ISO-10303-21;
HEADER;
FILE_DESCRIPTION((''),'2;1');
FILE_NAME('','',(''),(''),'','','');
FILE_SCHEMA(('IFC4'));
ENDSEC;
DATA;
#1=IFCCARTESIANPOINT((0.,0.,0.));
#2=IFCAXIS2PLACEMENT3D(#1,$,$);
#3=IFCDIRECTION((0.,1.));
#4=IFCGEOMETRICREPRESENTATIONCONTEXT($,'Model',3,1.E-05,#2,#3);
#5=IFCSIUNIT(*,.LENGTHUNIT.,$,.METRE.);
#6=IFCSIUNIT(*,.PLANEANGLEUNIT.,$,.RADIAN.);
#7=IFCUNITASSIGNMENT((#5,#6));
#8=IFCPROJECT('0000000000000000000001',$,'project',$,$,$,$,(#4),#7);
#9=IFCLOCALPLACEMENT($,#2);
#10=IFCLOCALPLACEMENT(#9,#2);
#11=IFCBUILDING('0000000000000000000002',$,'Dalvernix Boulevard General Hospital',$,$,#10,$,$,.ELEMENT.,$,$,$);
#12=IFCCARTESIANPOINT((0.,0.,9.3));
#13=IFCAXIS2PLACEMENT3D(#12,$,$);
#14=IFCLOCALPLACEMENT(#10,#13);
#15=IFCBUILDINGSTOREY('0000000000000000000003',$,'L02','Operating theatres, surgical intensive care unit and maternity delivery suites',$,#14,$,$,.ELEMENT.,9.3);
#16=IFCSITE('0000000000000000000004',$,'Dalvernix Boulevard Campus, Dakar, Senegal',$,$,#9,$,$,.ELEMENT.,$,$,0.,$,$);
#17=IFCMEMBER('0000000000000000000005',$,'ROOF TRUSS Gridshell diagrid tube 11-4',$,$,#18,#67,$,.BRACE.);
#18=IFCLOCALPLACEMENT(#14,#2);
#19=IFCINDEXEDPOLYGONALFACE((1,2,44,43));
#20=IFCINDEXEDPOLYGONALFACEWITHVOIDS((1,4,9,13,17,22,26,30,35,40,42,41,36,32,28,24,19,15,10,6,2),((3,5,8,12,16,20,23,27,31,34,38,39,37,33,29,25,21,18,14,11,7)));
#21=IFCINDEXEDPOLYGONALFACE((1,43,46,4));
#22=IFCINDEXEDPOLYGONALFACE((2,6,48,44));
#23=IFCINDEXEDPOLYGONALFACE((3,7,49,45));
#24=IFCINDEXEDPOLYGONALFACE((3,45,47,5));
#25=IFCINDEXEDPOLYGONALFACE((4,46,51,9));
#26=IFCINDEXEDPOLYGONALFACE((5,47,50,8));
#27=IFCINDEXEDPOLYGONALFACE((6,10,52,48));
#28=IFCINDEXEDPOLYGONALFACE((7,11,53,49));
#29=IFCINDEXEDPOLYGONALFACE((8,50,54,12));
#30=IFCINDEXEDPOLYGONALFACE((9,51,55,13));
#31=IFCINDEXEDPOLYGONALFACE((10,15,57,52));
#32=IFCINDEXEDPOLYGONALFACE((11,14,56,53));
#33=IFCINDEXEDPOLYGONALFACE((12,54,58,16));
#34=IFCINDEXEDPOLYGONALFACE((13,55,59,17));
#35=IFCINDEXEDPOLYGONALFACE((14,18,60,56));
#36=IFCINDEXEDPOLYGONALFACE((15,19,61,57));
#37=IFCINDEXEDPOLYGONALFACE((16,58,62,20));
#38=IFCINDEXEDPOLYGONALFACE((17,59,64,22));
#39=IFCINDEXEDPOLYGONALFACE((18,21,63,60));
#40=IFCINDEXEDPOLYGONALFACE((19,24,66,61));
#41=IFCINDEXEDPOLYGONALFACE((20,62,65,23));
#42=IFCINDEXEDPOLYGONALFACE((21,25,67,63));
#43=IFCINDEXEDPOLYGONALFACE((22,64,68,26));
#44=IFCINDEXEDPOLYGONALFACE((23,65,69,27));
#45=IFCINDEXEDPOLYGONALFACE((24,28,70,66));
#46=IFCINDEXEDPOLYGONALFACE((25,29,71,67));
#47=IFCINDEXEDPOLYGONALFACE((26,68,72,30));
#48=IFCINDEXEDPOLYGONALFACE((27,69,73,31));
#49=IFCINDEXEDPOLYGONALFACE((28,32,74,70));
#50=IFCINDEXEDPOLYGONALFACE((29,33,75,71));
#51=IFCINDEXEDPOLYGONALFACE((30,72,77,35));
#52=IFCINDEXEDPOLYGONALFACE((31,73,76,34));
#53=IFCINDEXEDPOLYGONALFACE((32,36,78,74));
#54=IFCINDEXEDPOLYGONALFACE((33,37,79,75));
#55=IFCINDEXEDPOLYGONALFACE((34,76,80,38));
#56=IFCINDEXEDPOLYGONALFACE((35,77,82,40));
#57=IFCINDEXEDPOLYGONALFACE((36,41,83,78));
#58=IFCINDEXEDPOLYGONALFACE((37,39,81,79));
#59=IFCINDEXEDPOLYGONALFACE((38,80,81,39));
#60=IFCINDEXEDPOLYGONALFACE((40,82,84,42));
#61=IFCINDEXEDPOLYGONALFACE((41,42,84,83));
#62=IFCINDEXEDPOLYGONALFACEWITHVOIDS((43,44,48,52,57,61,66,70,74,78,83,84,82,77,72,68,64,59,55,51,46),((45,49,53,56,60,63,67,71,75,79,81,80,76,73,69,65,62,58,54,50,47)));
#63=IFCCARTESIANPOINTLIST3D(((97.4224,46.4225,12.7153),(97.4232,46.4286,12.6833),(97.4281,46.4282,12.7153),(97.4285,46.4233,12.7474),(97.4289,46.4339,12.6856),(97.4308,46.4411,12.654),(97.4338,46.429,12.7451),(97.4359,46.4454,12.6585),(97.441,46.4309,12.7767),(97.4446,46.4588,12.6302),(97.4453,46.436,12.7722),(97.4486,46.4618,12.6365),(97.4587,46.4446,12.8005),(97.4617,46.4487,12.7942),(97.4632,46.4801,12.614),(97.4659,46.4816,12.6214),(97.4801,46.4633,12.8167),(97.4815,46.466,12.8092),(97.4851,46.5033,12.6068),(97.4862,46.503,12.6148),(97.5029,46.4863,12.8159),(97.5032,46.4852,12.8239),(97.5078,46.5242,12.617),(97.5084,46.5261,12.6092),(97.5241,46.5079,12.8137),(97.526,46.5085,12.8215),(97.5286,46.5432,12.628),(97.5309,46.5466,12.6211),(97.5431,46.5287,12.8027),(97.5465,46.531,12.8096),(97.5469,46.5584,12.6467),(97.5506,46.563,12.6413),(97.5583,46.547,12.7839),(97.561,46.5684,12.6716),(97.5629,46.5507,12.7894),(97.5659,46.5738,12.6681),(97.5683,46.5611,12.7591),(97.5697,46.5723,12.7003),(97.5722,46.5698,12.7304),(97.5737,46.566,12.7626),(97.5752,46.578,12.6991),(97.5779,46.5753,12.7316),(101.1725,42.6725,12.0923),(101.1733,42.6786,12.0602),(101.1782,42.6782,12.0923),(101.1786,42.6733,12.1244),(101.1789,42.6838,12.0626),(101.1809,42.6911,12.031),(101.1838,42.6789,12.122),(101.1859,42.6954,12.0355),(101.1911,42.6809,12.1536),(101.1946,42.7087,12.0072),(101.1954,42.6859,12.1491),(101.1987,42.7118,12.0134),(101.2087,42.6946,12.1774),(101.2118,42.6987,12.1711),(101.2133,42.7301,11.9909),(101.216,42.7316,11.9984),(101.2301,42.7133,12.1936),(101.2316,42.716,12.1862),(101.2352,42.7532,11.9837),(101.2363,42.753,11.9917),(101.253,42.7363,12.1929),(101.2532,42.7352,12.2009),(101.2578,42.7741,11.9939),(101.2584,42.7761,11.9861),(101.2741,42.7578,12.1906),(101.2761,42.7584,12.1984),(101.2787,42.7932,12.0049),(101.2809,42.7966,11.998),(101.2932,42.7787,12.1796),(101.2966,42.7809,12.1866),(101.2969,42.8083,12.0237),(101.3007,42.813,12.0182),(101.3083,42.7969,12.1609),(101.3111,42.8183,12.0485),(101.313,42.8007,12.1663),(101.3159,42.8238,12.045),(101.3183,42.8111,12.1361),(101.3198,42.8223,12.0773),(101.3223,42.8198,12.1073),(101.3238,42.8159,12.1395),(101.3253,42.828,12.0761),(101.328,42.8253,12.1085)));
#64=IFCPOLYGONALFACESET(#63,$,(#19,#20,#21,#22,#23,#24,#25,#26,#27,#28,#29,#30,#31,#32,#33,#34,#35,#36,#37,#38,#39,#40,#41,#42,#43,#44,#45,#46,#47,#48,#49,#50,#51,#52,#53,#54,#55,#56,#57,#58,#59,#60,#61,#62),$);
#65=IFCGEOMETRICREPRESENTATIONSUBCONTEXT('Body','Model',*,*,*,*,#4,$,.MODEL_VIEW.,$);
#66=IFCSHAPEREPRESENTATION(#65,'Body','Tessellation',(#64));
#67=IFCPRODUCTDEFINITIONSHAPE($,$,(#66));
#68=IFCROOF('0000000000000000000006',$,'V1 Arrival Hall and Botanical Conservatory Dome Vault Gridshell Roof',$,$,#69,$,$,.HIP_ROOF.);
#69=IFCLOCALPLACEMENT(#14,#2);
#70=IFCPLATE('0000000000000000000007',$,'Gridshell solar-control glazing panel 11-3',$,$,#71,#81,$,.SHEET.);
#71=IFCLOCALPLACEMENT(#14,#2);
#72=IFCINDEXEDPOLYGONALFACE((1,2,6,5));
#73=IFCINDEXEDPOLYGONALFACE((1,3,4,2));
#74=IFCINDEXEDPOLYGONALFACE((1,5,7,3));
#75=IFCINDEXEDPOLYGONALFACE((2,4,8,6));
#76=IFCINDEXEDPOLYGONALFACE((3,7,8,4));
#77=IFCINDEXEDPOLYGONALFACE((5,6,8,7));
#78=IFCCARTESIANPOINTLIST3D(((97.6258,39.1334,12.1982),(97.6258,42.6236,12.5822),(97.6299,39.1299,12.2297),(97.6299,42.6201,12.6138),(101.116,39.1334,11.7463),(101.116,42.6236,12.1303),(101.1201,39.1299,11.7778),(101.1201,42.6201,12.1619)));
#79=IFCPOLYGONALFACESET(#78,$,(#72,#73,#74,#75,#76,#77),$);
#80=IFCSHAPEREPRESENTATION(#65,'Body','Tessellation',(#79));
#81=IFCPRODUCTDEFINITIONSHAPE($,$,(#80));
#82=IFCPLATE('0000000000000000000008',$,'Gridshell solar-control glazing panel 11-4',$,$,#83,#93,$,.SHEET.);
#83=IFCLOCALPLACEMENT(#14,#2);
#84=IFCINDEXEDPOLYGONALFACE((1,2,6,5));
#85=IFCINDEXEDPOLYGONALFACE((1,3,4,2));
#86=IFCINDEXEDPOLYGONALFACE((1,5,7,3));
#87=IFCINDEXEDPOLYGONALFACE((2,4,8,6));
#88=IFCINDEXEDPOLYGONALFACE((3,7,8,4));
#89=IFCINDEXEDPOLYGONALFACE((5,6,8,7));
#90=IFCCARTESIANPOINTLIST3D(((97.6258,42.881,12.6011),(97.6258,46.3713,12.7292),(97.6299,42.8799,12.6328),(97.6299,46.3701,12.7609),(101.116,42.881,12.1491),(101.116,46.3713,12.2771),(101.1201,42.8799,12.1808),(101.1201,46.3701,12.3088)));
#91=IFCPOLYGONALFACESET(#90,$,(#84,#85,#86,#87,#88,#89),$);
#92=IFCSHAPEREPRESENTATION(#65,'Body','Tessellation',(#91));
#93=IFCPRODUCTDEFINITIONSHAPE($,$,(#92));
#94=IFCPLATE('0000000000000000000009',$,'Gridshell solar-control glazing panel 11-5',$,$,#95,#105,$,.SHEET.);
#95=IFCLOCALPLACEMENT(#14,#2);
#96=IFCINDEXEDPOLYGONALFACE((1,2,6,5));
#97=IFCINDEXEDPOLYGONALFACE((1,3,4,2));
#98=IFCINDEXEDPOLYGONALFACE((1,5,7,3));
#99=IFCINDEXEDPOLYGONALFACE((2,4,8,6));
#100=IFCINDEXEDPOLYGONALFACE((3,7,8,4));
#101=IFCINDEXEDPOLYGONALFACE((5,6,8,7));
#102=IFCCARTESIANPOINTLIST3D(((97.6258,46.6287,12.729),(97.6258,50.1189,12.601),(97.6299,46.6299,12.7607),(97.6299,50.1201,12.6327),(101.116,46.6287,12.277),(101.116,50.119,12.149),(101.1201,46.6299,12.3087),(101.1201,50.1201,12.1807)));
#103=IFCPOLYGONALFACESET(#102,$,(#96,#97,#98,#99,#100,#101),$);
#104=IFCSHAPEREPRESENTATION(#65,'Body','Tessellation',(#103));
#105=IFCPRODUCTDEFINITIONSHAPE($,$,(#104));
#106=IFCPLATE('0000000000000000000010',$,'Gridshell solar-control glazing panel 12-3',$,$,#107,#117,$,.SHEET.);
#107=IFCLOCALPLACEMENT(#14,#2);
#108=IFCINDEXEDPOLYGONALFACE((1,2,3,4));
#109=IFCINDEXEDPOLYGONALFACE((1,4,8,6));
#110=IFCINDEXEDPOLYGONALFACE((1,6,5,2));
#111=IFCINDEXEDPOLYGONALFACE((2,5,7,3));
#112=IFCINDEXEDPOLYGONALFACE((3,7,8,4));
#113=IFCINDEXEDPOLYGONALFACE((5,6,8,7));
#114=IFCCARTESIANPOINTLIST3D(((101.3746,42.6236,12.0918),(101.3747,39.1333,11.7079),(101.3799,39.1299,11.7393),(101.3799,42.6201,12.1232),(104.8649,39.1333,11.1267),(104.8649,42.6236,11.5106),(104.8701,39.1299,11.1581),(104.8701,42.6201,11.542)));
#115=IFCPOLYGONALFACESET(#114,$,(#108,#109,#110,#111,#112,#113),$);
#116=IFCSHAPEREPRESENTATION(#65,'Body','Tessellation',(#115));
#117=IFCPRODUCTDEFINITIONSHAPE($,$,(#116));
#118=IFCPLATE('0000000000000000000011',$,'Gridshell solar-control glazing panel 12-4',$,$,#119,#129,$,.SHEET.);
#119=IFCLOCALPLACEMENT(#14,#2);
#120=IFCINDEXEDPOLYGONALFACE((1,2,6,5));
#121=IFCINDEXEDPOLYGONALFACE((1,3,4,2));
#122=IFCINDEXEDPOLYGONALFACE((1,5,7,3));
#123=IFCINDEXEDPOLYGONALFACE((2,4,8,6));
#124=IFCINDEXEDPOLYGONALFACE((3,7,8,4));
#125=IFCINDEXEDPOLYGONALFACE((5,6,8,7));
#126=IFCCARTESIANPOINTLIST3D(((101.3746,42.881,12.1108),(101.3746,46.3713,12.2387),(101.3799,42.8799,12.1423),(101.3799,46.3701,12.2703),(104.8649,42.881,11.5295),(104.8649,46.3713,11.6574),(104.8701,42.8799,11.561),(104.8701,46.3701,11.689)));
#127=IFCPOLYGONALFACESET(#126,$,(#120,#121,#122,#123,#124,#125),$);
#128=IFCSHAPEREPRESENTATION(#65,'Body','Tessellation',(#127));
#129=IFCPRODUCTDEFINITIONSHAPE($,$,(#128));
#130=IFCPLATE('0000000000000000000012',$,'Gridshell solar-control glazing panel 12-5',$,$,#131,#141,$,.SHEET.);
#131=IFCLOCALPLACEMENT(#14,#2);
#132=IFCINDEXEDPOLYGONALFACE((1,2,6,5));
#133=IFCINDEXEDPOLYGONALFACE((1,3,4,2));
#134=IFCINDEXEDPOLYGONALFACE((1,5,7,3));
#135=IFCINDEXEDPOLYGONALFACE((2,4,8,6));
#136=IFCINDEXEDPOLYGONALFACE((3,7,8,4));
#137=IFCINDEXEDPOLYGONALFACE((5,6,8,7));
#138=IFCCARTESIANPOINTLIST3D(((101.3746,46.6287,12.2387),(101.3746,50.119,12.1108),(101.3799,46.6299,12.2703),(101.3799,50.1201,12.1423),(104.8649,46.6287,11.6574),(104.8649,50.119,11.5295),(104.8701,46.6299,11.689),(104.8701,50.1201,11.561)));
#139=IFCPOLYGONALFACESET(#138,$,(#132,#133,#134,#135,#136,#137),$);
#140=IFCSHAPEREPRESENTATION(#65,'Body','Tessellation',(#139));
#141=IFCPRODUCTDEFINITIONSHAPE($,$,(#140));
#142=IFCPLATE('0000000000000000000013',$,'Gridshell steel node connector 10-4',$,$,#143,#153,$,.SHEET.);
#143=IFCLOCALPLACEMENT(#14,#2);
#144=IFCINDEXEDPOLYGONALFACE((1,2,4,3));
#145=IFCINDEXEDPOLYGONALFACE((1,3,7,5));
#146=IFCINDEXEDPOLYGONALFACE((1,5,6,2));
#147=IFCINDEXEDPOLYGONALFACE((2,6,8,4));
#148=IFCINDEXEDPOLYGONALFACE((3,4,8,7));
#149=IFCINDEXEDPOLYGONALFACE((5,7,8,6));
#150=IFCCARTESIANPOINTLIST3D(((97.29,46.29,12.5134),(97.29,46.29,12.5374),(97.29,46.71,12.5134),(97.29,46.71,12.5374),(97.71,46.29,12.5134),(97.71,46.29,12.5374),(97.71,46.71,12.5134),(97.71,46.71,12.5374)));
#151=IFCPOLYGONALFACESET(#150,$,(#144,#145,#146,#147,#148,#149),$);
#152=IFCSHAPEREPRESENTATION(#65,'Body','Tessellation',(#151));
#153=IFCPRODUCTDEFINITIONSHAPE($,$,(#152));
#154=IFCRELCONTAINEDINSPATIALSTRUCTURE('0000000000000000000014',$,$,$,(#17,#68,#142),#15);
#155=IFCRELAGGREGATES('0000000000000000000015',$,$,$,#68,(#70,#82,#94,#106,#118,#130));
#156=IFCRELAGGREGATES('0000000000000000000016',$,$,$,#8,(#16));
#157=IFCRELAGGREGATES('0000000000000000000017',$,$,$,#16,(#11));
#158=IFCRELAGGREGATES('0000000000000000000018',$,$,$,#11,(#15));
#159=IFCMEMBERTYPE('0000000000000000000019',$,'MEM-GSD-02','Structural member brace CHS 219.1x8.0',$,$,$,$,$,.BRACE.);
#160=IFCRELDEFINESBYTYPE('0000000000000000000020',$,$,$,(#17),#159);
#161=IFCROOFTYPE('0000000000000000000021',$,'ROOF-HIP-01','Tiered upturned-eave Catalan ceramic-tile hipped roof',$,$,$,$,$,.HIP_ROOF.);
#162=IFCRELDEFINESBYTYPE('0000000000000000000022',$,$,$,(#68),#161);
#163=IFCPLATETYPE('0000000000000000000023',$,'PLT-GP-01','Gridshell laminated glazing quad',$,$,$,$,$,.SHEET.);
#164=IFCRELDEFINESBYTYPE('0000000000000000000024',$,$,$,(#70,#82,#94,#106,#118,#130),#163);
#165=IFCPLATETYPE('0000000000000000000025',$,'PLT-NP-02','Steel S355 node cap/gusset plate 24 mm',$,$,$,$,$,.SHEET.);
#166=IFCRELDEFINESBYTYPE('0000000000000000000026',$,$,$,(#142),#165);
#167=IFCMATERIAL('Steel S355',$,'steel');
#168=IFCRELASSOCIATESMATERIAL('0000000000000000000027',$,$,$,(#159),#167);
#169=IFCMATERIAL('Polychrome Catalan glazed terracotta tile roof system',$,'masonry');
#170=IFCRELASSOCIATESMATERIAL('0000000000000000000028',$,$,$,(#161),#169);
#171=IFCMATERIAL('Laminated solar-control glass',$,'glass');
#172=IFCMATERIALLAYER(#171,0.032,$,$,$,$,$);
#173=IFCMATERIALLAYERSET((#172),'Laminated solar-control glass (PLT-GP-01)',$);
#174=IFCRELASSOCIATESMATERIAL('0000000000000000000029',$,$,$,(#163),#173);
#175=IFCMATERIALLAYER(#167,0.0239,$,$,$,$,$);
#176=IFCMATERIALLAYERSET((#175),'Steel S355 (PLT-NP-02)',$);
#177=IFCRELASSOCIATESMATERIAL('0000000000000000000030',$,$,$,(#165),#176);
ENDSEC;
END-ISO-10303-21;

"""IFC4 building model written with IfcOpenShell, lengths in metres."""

from ifc_helpers import new_model, si_unit, direction, frame, origin, origin_2d, place, context, subcontext, project, spatial, polyline, rectangle, hollow_circle, outline, extrude, material, layer, layer_set, material_profile, profile_set, type_object, element, aggregate, save


model = new_model("IFC4")

# Units and contexts
model_context = context("Model", 3, precision=1e-05, world=origin(), true_north=direction((0.0, 1.0)))
body_context = subcontext(model_context, "Body", "Model", "MODEL_VIEW")
ifc_project = project(units=[si_unit("LENGTHUNIT", "METRE"), si_unit("PLANEANGLEUNIT", "RADIAN")], contexts=[model_context])

# Site, building, storey
site_placement = place(None, origin())
site = spatial("IfcSite", under=ifc_project, at=site_placement, Name="Dalvernix Boulevard Campus, Dakar, Senegal", CompositionType="ELEMENT", RefElevation=0.0)
building_placement = place(site_placement, origin())
building = spatial("IfcBuilding", under=site, at=building_placement, Name="Dalvernix Boulevard General Hospital", CompositionType="ELEMENT")
storey_placement = place(building_placement, frame((0.0, 0.0, 9.3)))
storey = spatial("IfcBuildingStorey", under=building, at=storey_placement, Name="L02", Description="Operating theatres, surgical intensive care unit and maternity delivery suites", CompositionType="ELEMENT", Elevation=9.3)

# Shared definitions
ifc_material_1 = material(Name="Steel S355", Category="steel")

# Member
ifc_material_profile_1 = material_profile(ifc_material_1, hollow_circle(Radius=0.1096, WallThickness=0.0081, at=origin_2d()), Name="CHS 219.1x8.0")
ifc_profile_set_1 = profile_set([ifc_material_profile_1], Name="Steel S355")
member_type_1 = type_object("IfcMemberType", Name="MEM-GSD-02", Description="Structural member brace CHS 219.1x8.0", PredefinedType="BRACE", material=ifc_profile_set_1)
member_1_placement = place(storey_placement, frame((101.25, 42.75, 12.0923), z_axis=(-0.702277, 0.702277, 0.11668), x_axis=(-0.707107, -0.707107, 0.0)))
element("IfcMember", 1, at=member_1_placement, inside=storey, type_object=member_type_1, Name="ROOF TRUSS Gridshell diagrid tube 11-4", PredefinedType="BRACE", context=body_context, shape_type="SweptSolid", body=[
    extrude(hollow_circle(Radius=0.1096, WallThickness=0.0081, at=origin_2d()), origin(), (0.0, 0.0, 1.0), 5.3398),
])

# Roof, plates
ifc_material_2 = material(Name="Polychrome Catalan glazed terracotta tile roof system", Category="masonry")
roof_type = type_object("IfcRoofType", Name="ROOF-HIP-01", Description="Tiered upturned-eave Catalan ceramic-tile hipped roof", PredefinedType="HIP_ROOF", material=ifc_material_2)
roof_placement = place(storey_placement, origin())
roof = element("IfcRoof", 2, at=roof_placement, inside=storey, type_object=roof_type, Name="V1 Arrival Hall and Botanical Conservatory Dome Vault Gridshell Roof", PredefinedType="HIP_ROOF")
ifc_material_3 = material(Name="Laminated solar-control glass", Category="glass")
ifc_layer_1 = layer(ifc_material_3, 0.032)
ifc_layer_set_1 = layer_set([ifc_layer_1], Name="Laminated solar-control glass (PLT-GP-01)")
plate_type_1 = type_object("IfcPlateType", Name="PLT-GP-01", Description="Gridshell laminated glazing quad", PredefinedType="SHEET", material=ifc_layer_set_1)
plate_1_placement = place(storey_placement, frame((97.6299, 39.1299, 12.2297), z_axis=(0.127647, -0.108476, 0.98587), x_axis=(0.991722, 0.0, -0.128405)))
plate_1 = element("IfcPlate", 3, at=plate_1_placement, type_object=plate_type_1, Name="Gridshell solar-control glazing panel 11-3", PredefinedType="SHEET", context=body_context, shape_type="SweptSolid", body=[
    extrude(outline(polyline([(0.0, 0.0), (3.5194, 0.0), (3.4701, 3.511), (-0.0493, 3.511), (0.0, 0.0)])), origin(), (0.0, 0.0, -1.0), 0.032),
])
plate_2_placement = place(storey_placement, frame((97.6299, 42.8799, 12.6328), z_axis=(0.128354, -0.036361, 0.991062), x_axis=(0.991717, -0.000001, -0.128439)))
plate_2 = element("IfcPlate", 4, at=plate_2_placement, type_object=plate_type_1, Name="Gridshell solar-control glazing panel 11-4", PredefinedType="SHEET", context=body_context, shape_type="SweptSolid", body=[
    extrude(outline(polyline([(0.0, 0.0), (3.5194, 0.0), (3.5029, 3.4925), (-0.0164, 3.4925), (0.0, 0.0)])), origin(), (0.0, 0.0, -1.0), 0.032),
])
plate_3_placement = place(storey_placement, frame((97.6299, 46.6299, 12.7607), z_axis=(0.128354, 0.036361, 0.991062), x_axis=(0.991717, -0.000001, -0.128439)))
plate_3 = element("IfcPlate", 5, at=plate_3_placement, type_object=plate_type_1, Name="Gridshell solar-control glazing panel 11-5", PredefinedType="SHEET", context=body_context, shape_type="SweptSolid", body=[
    extrude(outline(polyline([(0.0, 0.0), (3.5194, 0.0), (3.5358, 3.4925), (0.0164, 3.4925), (0.0, 0.0)])), origin(), (0.0, 0.0, -1.0), 0.032),
])
plate_4_placement = place(storey_placement, frame((101.3799, 39.1299, 11.7393), z_axis=(0.163295, -0.107869, 0.980663), x_axis=(0.986418, 0.000004, -0.164253)))
plate_4 = element("IfcPlate", 6, at=plate_4_placement, type_object=plate_type_1, Name="Gridshell solar-control glazing panel 12-3", PredefinedType="SHEET", context=body_context, shape_type="SweptSolid", body=[
    extrude(outline(polyline([(0.0, 0.0), (3.5383, 0.0), (3.4752, 3.5107), (-0.0631, 3.5107), (0.0, 0.0)])), origin(), (0.0, 0.0, -1.0), 0.032),
])
plate_5_placement = place(storey_placement, frame((101.3799, 42.8799, 12.1423), z_axis=(0.16418, -0.036132, 0.985768), x_axis=(0.986413, 0.0, -0.164287)))
plate_5 = element("IfcPlate", 7, at=plate_5_placement, type_object=plate_type_1, Name="Gridshell solar-control glazing panel 12-4", PredefinedType="SHEET", context=body_context, shape_type="SweptSolid", body=[
    extrude(outline(polyline([(0.0, 0.0), (3.5383, 0.0), (3.5173, 3.4925), (-0.021, 3.4925), (0.0, 0.0)])), origin(), (0.0, 0.0, -1.0), 0.032),
])
plate_6_placement = place(storey_placement, frame((101.3799, 46.6299, 12.2703), z_axis=(0.16418, 0.036132, 0.985768), x_axis=(0.986413, 0.0, -0.164287)))
plate_6 = element("IfcPlate", 8, at=plate_6_placement, type_object=plate_type_1, Name="Gridshell solar-control glazing panel 12-5", PredefinedType="SHEET", context=body_context, shape_type="SweptSolid", body=[
    extrude(outline(polyline([(0.0, 0.0), (3.5383, 0.0), (3.5593, 3.4925), (0.021, 3.4925), (0.0, 0.0)])), origin(), (0.0, 0.0, -1.0), 0.032),
])
aggregate(roof, [plate_1, plate_2, plate_3, plate_4, plate_5, plate_6])

# Plate
ifc_layer_2 = layer(ifc_material_1, 0.0239)
ifc_layer_set_2 = layer_set([ifc_layer_2], Name="Steel S355 (PLT-NP-02)")
plate_type_2 = type_object("IfcPlateType", Name="PLT-NP-02", Description="Steel S355 node cap/gusset plate 24 mm", PredefinedType="SHEET", material=ifc_layer_set_2)
plate_7_placement = place(storey_placement, frame((97.5, 46.5, 12.5134), z_axis=(0.0, 0.0, 1.0), x_axis=(1.0, 0.0, 0.0)))
element("IfcPlate", 9, at=plate_7_placement, inside=storey, type_object=plate_type_2, Name="Gridshell steel node connector 10-4", PredefinedType="SHEET", context=body_context, shape_type="SweptSolid", body=[
    extrude(rectangle(XDim=0.4199, YDim=0.4199, at=origin_2d()), origin(), (0.0, 0.0, 1.0), 0.0239),
])

save(model, "model.ifc")
